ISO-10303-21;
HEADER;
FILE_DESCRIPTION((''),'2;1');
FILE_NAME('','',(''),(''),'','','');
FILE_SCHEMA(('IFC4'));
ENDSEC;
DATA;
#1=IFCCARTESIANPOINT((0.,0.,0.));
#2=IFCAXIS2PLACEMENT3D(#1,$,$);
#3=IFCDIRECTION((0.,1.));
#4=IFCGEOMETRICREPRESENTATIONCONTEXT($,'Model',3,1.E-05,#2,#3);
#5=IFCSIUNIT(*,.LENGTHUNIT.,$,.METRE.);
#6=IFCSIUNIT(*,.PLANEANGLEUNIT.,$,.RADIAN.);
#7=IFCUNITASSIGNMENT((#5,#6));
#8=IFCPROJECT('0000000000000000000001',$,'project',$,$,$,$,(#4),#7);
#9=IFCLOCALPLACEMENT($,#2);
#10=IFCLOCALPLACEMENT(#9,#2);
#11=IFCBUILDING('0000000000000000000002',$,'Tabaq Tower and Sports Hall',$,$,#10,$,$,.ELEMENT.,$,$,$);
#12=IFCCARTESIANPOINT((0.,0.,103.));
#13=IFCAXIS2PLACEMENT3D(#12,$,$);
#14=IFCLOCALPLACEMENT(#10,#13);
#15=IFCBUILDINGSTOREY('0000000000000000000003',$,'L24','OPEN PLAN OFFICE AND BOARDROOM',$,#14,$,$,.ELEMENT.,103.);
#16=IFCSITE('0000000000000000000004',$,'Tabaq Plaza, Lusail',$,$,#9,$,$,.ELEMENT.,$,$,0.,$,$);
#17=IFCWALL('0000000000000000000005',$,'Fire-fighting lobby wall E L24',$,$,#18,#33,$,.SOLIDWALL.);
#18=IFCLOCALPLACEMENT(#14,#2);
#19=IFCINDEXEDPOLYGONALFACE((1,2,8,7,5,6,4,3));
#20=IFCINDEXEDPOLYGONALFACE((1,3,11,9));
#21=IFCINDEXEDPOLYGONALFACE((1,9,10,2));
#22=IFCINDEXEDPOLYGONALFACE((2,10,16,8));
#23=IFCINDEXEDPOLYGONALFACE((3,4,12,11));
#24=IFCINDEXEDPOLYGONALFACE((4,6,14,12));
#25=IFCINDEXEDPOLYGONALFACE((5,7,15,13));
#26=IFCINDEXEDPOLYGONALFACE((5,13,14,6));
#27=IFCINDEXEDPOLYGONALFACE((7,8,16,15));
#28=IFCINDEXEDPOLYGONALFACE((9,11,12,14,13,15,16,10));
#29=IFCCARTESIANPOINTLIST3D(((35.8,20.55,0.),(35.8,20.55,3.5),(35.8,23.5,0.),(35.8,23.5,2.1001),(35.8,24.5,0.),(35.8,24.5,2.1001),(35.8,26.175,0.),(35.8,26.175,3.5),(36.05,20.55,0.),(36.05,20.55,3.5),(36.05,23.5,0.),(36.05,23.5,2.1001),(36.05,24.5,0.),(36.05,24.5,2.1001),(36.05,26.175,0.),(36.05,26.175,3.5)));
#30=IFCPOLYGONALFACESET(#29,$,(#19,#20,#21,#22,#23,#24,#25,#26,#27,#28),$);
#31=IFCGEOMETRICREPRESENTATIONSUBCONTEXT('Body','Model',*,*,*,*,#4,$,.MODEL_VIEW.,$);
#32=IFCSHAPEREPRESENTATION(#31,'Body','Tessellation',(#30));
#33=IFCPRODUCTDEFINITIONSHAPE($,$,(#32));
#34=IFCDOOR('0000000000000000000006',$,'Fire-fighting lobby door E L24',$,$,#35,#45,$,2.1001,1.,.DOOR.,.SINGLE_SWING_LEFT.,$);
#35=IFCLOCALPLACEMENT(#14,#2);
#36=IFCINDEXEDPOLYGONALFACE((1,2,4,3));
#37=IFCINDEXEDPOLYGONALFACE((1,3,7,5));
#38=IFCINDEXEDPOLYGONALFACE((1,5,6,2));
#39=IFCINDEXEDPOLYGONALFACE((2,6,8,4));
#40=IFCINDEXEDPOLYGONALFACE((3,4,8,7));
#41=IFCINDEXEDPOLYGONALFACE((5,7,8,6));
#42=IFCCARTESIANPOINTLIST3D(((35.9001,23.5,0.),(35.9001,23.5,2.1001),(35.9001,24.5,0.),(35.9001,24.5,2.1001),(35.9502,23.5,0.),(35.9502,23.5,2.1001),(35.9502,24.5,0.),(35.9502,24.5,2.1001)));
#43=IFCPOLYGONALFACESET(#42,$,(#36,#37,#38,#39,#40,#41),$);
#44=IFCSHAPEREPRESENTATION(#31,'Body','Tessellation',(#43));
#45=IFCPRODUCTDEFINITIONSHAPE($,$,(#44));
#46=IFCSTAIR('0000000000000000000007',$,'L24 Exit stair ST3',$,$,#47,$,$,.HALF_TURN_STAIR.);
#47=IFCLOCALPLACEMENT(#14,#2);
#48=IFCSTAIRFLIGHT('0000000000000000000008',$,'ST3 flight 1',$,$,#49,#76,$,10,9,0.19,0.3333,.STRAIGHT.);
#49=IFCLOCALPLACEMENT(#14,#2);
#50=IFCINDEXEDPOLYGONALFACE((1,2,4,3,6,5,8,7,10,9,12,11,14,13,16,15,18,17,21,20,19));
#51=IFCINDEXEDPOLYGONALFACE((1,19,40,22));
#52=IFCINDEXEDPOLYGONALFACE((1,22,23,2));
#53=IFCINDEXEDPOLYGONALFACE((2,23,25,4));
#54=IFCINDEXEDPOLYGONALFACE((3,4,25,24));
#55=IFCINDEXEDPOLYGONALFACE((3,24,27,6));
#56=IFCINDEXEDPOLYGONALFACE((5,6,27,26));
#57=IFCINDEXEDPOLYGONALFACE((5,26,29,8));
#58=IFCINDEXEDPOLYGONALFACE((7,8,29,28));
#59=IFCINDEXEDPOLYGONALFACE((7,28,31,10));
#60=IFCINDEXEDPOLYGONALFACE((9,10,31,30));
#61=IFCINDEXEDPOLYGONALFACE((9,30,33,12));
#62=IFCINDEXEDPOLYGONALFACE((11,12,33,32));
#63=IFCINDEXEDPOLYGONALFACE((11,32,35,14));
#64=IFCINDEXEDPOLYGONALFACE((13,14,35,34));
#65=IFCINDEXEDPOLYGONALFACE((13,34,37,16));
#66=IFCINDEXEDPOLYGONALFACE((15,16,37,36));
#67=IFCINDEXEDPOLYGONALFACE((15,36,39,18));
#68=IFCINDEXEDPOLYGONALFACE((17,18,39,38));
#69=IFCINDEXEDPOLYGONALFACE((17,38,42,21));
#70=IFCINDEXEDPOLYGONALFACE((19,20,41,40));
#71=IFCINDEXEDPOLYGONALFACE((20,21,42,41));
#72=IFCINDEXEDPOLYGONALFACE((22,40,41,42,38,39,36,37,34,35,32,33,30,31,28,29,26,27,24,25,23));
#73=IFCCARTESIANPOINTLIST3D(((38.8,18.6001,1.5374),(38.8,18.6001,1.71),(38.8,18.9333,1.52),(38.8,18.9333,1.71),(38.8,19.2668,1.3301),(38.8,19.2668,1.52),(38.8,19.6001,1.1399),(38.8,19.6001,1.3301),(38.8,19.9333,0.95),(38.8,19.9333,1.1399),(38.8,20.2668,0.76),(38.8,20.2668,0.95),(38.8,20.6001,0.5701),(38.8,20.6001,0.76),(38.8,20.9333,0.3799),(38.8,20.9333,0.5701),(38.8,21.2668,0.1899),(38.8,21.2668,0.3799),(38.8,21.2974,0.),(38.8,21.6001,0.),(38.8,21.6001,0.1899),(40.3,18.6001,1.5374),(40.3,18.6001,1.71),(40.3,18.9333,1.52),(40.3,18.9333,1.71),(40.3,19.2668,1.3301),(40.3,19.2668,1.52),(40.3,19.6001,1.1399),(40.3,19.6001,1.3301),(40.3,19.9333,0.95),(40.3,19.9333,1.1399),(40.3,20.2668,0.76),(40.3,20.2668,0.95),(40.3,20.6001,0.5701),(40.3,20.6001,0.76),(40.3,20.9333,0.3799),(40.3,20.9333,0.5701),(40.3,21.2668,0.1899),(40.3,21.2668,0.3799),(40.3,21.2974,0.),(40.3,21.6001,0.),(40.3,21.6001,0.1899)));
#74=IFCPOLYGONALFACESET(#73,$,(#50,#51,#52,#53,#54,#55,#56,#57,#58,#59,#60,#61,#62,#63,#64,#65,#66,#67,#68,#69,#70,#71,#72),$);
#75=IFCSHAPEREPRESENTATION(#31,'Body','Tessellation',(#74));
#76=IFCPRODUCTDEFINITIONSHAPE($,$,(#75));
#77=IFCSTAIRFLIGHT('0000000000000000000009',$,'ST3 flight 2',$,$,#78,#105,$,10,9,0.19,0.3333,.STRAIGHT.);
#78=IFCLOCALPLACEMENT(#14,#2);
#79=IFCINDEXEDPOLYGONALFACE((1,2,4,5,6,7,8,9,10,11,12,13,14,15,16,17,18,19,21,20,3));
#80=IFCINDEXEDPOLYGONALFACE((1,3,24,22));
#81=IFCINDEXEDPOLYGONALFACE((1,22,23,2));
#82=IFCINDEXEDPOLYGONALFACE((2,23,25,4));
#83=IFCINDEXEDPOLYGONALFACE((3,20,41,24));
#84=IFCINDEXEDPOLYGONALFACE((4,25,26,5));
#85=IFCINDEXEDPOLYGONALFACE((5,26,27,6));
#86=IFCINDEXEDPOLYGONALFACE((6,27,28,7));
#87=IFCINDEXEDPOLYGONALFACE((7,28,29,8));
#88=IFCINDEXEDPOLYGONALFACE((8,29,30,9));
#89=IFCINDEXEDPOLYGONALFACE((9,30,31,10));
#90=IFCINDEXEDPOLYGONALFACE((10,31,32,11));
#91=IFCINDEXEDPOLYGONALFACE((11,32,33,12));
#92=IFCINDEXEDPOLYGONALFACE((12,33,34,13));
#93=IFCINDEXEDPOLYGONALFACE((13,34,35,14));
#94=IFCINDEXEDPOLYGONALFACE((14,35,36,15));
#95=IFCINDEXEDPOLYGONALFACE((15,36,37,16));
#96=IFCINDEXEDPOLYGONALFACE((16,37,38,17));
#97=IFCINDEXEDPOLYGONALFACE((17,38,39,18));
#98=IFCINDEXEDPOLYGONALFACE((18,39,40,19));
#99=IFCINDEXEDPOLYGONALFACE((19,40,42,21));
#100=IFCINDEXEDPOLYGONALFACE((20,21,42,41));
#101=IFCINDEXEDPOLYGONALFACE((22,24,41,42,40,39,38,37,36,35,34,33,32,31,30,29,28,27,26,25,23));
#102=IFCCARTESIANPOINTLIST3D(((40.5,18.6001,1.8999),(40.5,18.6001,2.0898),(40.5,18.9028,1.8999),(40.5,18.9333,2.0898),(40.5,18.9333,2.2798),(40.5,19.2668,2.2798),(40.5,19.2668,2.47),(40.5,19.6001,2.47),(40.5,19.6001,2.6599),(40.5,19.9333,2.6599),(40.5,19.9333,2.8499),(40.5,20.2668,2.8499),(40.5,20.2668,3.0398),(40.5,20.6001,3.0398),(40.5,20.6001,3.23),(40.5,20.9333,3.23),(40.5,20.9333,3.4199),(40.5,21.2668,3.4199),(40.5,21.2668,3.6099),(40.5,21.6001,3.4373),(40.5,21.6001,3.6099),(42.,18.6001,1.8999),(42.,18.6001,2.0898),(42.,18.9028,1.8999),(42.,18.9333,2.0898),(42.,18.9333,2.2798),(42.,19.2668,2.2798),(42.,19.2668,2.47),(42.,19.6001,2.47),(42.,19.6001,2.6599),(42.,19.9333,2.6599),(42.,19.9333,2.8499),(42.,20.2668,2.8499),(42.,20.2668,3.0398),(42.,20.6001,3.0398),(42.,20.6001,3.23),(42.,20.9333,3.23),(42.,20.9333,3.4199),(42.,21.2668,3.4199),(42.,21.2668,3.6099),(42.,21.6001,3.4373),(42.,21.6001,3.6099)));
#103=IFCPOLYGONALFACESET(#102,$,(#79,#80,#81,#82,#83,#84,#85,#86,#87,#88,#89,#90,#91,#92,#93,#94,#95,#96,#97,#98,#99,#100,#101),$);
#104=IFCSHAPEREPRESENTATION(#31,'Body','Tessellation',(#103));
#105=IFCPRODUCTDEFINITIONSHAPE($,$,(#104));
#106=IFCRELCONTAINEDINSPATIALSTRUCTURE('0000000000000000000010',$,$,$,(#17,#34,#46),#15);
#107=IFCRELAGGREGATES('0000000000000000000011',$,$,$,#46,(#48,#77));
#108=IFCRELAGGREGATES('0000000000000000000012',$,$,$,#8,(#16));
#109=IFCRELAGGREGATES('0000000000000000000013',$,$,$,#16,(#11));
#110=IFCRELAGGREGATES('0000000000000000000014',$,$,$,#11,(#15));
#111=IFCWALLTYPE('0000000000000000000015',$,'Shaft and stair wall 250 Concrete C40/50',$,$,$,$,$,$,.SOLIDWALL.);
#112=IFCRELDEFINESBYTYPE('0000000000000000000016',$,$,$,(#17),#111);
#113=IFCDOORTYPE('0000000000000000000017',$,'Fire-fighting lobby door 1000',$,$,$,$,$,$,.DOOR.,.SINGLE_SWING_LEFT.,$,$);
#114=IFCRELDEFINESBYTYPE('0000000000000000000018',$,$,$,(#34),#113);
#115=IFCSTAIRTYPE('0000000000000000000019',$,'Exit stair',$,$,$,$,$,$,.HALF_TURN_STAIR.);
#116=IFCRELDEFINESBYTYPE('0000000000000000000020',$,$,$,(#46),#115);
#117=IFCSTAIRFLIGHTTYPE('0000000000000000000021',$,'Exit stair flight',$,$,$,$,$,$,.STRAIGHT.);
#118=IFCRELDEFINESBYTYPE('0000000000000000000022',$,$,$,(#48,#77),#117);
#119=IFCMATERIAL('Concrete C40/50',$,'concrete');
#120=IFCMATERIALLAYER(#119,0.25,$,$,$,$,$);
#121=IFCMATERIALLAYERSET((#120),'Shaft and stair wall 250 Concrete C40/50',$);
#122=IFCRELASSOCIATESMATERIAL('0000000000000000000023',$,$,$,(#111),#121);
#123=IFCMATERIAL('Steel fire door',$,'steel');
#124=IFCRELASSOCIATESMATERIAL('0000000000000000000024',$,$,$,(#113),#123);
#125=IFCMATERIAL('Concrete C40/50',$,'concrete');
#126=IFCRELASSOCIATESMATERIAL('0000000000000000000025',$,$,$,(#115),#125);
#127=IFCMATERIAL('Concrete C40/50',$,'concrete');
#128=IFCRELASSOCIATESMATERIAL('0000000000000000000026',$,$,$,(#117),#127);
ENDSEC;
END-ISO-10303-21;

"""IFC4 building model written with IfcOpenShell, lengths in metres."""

from ifc_helpers import new_model, si_unit, direction, frame, frame_2d, origin, place, context, subcontext, project, spatial, polyline, rectangle, outline, extrude, material, layer, layer_set, type_object, element, fill, aggregate, save


model = new_model("IFC4")

# Units and contexts
model_context = context("Model", 3, precision=1e-05, world=origin(), true_north=direction((0.0, 1.0)))
body_context = subcontext(model_context, "Body", "Model", "MODEL_VIEW")
ifc_project = project(units=[si_unit("LENGTHUNIT", "METRE"), si_unit("PLANEANGLEUNIT", "RADIAN")], contexts=[model_context])

# Site, building, storey
site_placement = place(None, origin())
site = spatial("IfcSite", under=ifc_project, at=site_placement, Name="Tabaq Plaza, Lusail", CompositionType="ELEMENT", RefElevation=0.0)
building_placement = place(site_placement, origin())
building = spatial("IfcBuilding", under=site, at=building_placement, Name="Tabaq Tower and Sports Hall", CompositionType="ELEMENT")
storey_placement = place(building_placement, frame((0.0, 0.0, 103.0)))
storey = spatial("IfcBuildingStorey", under=building, at=storey_placement, Name="L24", Description="OPEN PLAN OFFICE AND BOARDROOM", CompositionType="ELEMENT", Elevation=103.0)

# Shared definitions
ifc_material_1 = material(Name="Concrete C40/50", Category="concrete")
ifc_layer_1 = layer(ifc_material_1, 0.25)
ifc_layer_set_1 = layer_set([ifc_layer_1], Name="Shaft and stair wall 250 Concrete C40/50")
wall_type_1 = type_object("IfcWallType", Name="Shaft and stair wall 250 Concrete C40/50", PredefinedType="SOLIDWALL", material=ifc_layer_set_1)

# Wall, opening, door
wall_1_placement = place(storey_placement, frame((35.925, 20.55, 0.0), z_axis=(0.0, 0.0, 1.0), x_axis=(0.0, 1.0, 0.0)))
wall_1 = element("IfcWall", 1, at=wall_1_placement, inside=storey, type_object=wall_type_1, Name="Fire-fighting lobby wall E L24", PredefinedType="SOLIDWALL", context=body_context, shape_type="SweptSolid", body=[
    extrude(rectangle(XDim=5.625, YDim=0.25, at=frame_2d((2.8125, 0.0))), origin(), (0.0, 0.0, 1.0), 3.5),
])
opening_1_placement = place(wall_1_placement, frame((2.95, 0.0, 0.0)))
opening_1 = element("IfcOpeningElement", 2, at=opening_1_placement, cuts=wall_1, PredefinedType="OPENING", context=body_context, shape_type="SweptSolid", body=[
    extrude(rectangle(XDim=1.0, YDim=2.1001, at=frame_2d((0.5, 1.05))), frame((0.0, 0.125, 0.0), z_axis=(0.0, -1.0, 0.0), x_axis=(1.0, 0.0, 0.0)), (0.0, 0.0, 1.0), 0.25),
])
ifc_material_2 = material(Name="Steel fire door", Category="steel")
door_type_1 = type_object("IfcDoorType", Name="Fire-fighting lobby door 1000", OperationType="SINGLE_SWING_LEFT", PredefinedType="DOOR", material=ifc_material_2)
door_1_placement = place(opening_1_placement, origin())
door_1 = element("IfcDoor", 3, at=door_1_placement, inside=storey, type_object=door_type_1, Name="Fire-fighting lobby door E L24", OperationType="SINGLE_SWING_LEFT", OverallHeight=2.1001, OverallWidth=1.0, PredefinedType="DOOR", context=body_context, shape_type="SweptSolid", body=[
    extrude(rectangle(XDim=1.0, YDim=2.1001, at=frame_2d((0.5, 1.05))), frame((0.0, 0.0249, 0.0), z_axis=(0.0, -1.0, 0.0), x_axis=(1.0, 0.0, 0.0)), (0.0, 0.0, 1.0), 0.05),
])
fill(opening_1, door_1)

# Stair, stair flights
ifc_material_3 = material(Name="Concrete C40/50", Category="concrete")
stair_type = type_object("IfcStairType", Name="Exit stair", PredefinedType="HALF_TURN_STAIR", material=ifc_material_3)
stair_placement = place(storey_placement, origin())
stair = element("IfcStair", 4, at=stair_placement, inside=storey, type_object=stair_type, Name="L24 Exit stair ST3", PredefinedType="HALF_TURN_STAIR")
ifc_material_4 = material(Name="Concrete C40/50", Category="concrete")
stair_flight_type = type_object("IfcStairFlightType", Name="Exit stair flight", PredefinedType="STRAIGHT", material=ifc_material_4)
stair_flight_1_placement = place(storey_placement, frame((39.55, 21.6001, 0.0), z_axis=(0.0, 0.0, 1.0), x_axis=(0.0, -1.0, 0.0)))
stair_flight_1 = element("IfcStairFlight", 5, at=stair_flight_1_placement, type_object=stair_flight_type, Name="ST3 flight 1", NumberOfRisers=10, NumberOfTreads=9, PredefinedType="STRAIGHT", RiserHeight=0.19, TreadLength=0.3333, context=body_context, shape_type="SweptSolid", body=[
    extrude(outline(polyline([(0.0, 0.0), (0.0, 0.1899), (0.3333, 0.1899), (0.3333, 0.3799), (0.6667, 0.3799), (0.6667, 0.5701), (1.0, 0.5701), (1.0, 0.76), (1.3333, 0.76), (1.3333, 0.95), (1.6667, 0.95), (1.6667, 1.1399), (2.0, 1.1399), (2.0, 1.3301), (2.3333, 1.3301), (2.3333, 1.52), (2.6667, 1.52), (2.6667, 1.71), (3.0, 1.71), (3.0, 1.8999), (3.0, 1.5374), (0.3027, 0.0), (0.0, 0.0)])), frame((0.0, 0.75, 0.0), z_axis=(0.0, -1.0, 0.0), x_axis=(1.0, 0.0, 0.0)), (0.0, 0.0, 1.0), 1.5),
])
stair_flight_2_placement = place(storey_placement, frame((41.25, 18.6001, 1.8999), z_axis=(0.0, 0.0, 1.0), x_axis=(0.0, 1.0, 0.0)))
stair_flight_2 = element("IfcStairFlight", 6, at=stair_flight_2_placement, type_object=stair_flight_type, Name="ST3 flight 2", NumberOfRisers=10, NumberOfTreads=9, PredefinedType="STRAIGHT", RiserHeight=0.19, TreadLength=0.3333, context=body_context, shape_type="SweptSolid", body=[
    extrude(outline(polyline([(0.0, 0.0), (0.0, 0.1899), (0.3333, 0.1899), (0.3333, 0.3799), (0.6667, 0.3799), (0.6667, 0.5701), (1.0, 0.5701), (1.0, 0.76), (1.3333, 0.76), (1.3333, 0.95), (1.6667, 0.95), (1.6667, 1.1399), (2.0, 1.1399), (2.0, 1.3301), (2.3333, 1.3301), (2.3333, 1.52), (2.6667, 1.52), (2.6667, 1.71), (3.0, 1.71), (3.0, 1.8999), (3.0, 1.5374), (0.3027, 0.0), (0.0, 0.0)])), frame((0.0, 0.75, 0.0), z_axis=(0.0, -1.0, 0.0), x_axis=(1.0, 0.0, 0.0)), (0.0, 0.0, 1.0), 1.5),
])
aggregate(stair, [stair_flight_1, stair_flight_2])

save(model, "model.ifc")
